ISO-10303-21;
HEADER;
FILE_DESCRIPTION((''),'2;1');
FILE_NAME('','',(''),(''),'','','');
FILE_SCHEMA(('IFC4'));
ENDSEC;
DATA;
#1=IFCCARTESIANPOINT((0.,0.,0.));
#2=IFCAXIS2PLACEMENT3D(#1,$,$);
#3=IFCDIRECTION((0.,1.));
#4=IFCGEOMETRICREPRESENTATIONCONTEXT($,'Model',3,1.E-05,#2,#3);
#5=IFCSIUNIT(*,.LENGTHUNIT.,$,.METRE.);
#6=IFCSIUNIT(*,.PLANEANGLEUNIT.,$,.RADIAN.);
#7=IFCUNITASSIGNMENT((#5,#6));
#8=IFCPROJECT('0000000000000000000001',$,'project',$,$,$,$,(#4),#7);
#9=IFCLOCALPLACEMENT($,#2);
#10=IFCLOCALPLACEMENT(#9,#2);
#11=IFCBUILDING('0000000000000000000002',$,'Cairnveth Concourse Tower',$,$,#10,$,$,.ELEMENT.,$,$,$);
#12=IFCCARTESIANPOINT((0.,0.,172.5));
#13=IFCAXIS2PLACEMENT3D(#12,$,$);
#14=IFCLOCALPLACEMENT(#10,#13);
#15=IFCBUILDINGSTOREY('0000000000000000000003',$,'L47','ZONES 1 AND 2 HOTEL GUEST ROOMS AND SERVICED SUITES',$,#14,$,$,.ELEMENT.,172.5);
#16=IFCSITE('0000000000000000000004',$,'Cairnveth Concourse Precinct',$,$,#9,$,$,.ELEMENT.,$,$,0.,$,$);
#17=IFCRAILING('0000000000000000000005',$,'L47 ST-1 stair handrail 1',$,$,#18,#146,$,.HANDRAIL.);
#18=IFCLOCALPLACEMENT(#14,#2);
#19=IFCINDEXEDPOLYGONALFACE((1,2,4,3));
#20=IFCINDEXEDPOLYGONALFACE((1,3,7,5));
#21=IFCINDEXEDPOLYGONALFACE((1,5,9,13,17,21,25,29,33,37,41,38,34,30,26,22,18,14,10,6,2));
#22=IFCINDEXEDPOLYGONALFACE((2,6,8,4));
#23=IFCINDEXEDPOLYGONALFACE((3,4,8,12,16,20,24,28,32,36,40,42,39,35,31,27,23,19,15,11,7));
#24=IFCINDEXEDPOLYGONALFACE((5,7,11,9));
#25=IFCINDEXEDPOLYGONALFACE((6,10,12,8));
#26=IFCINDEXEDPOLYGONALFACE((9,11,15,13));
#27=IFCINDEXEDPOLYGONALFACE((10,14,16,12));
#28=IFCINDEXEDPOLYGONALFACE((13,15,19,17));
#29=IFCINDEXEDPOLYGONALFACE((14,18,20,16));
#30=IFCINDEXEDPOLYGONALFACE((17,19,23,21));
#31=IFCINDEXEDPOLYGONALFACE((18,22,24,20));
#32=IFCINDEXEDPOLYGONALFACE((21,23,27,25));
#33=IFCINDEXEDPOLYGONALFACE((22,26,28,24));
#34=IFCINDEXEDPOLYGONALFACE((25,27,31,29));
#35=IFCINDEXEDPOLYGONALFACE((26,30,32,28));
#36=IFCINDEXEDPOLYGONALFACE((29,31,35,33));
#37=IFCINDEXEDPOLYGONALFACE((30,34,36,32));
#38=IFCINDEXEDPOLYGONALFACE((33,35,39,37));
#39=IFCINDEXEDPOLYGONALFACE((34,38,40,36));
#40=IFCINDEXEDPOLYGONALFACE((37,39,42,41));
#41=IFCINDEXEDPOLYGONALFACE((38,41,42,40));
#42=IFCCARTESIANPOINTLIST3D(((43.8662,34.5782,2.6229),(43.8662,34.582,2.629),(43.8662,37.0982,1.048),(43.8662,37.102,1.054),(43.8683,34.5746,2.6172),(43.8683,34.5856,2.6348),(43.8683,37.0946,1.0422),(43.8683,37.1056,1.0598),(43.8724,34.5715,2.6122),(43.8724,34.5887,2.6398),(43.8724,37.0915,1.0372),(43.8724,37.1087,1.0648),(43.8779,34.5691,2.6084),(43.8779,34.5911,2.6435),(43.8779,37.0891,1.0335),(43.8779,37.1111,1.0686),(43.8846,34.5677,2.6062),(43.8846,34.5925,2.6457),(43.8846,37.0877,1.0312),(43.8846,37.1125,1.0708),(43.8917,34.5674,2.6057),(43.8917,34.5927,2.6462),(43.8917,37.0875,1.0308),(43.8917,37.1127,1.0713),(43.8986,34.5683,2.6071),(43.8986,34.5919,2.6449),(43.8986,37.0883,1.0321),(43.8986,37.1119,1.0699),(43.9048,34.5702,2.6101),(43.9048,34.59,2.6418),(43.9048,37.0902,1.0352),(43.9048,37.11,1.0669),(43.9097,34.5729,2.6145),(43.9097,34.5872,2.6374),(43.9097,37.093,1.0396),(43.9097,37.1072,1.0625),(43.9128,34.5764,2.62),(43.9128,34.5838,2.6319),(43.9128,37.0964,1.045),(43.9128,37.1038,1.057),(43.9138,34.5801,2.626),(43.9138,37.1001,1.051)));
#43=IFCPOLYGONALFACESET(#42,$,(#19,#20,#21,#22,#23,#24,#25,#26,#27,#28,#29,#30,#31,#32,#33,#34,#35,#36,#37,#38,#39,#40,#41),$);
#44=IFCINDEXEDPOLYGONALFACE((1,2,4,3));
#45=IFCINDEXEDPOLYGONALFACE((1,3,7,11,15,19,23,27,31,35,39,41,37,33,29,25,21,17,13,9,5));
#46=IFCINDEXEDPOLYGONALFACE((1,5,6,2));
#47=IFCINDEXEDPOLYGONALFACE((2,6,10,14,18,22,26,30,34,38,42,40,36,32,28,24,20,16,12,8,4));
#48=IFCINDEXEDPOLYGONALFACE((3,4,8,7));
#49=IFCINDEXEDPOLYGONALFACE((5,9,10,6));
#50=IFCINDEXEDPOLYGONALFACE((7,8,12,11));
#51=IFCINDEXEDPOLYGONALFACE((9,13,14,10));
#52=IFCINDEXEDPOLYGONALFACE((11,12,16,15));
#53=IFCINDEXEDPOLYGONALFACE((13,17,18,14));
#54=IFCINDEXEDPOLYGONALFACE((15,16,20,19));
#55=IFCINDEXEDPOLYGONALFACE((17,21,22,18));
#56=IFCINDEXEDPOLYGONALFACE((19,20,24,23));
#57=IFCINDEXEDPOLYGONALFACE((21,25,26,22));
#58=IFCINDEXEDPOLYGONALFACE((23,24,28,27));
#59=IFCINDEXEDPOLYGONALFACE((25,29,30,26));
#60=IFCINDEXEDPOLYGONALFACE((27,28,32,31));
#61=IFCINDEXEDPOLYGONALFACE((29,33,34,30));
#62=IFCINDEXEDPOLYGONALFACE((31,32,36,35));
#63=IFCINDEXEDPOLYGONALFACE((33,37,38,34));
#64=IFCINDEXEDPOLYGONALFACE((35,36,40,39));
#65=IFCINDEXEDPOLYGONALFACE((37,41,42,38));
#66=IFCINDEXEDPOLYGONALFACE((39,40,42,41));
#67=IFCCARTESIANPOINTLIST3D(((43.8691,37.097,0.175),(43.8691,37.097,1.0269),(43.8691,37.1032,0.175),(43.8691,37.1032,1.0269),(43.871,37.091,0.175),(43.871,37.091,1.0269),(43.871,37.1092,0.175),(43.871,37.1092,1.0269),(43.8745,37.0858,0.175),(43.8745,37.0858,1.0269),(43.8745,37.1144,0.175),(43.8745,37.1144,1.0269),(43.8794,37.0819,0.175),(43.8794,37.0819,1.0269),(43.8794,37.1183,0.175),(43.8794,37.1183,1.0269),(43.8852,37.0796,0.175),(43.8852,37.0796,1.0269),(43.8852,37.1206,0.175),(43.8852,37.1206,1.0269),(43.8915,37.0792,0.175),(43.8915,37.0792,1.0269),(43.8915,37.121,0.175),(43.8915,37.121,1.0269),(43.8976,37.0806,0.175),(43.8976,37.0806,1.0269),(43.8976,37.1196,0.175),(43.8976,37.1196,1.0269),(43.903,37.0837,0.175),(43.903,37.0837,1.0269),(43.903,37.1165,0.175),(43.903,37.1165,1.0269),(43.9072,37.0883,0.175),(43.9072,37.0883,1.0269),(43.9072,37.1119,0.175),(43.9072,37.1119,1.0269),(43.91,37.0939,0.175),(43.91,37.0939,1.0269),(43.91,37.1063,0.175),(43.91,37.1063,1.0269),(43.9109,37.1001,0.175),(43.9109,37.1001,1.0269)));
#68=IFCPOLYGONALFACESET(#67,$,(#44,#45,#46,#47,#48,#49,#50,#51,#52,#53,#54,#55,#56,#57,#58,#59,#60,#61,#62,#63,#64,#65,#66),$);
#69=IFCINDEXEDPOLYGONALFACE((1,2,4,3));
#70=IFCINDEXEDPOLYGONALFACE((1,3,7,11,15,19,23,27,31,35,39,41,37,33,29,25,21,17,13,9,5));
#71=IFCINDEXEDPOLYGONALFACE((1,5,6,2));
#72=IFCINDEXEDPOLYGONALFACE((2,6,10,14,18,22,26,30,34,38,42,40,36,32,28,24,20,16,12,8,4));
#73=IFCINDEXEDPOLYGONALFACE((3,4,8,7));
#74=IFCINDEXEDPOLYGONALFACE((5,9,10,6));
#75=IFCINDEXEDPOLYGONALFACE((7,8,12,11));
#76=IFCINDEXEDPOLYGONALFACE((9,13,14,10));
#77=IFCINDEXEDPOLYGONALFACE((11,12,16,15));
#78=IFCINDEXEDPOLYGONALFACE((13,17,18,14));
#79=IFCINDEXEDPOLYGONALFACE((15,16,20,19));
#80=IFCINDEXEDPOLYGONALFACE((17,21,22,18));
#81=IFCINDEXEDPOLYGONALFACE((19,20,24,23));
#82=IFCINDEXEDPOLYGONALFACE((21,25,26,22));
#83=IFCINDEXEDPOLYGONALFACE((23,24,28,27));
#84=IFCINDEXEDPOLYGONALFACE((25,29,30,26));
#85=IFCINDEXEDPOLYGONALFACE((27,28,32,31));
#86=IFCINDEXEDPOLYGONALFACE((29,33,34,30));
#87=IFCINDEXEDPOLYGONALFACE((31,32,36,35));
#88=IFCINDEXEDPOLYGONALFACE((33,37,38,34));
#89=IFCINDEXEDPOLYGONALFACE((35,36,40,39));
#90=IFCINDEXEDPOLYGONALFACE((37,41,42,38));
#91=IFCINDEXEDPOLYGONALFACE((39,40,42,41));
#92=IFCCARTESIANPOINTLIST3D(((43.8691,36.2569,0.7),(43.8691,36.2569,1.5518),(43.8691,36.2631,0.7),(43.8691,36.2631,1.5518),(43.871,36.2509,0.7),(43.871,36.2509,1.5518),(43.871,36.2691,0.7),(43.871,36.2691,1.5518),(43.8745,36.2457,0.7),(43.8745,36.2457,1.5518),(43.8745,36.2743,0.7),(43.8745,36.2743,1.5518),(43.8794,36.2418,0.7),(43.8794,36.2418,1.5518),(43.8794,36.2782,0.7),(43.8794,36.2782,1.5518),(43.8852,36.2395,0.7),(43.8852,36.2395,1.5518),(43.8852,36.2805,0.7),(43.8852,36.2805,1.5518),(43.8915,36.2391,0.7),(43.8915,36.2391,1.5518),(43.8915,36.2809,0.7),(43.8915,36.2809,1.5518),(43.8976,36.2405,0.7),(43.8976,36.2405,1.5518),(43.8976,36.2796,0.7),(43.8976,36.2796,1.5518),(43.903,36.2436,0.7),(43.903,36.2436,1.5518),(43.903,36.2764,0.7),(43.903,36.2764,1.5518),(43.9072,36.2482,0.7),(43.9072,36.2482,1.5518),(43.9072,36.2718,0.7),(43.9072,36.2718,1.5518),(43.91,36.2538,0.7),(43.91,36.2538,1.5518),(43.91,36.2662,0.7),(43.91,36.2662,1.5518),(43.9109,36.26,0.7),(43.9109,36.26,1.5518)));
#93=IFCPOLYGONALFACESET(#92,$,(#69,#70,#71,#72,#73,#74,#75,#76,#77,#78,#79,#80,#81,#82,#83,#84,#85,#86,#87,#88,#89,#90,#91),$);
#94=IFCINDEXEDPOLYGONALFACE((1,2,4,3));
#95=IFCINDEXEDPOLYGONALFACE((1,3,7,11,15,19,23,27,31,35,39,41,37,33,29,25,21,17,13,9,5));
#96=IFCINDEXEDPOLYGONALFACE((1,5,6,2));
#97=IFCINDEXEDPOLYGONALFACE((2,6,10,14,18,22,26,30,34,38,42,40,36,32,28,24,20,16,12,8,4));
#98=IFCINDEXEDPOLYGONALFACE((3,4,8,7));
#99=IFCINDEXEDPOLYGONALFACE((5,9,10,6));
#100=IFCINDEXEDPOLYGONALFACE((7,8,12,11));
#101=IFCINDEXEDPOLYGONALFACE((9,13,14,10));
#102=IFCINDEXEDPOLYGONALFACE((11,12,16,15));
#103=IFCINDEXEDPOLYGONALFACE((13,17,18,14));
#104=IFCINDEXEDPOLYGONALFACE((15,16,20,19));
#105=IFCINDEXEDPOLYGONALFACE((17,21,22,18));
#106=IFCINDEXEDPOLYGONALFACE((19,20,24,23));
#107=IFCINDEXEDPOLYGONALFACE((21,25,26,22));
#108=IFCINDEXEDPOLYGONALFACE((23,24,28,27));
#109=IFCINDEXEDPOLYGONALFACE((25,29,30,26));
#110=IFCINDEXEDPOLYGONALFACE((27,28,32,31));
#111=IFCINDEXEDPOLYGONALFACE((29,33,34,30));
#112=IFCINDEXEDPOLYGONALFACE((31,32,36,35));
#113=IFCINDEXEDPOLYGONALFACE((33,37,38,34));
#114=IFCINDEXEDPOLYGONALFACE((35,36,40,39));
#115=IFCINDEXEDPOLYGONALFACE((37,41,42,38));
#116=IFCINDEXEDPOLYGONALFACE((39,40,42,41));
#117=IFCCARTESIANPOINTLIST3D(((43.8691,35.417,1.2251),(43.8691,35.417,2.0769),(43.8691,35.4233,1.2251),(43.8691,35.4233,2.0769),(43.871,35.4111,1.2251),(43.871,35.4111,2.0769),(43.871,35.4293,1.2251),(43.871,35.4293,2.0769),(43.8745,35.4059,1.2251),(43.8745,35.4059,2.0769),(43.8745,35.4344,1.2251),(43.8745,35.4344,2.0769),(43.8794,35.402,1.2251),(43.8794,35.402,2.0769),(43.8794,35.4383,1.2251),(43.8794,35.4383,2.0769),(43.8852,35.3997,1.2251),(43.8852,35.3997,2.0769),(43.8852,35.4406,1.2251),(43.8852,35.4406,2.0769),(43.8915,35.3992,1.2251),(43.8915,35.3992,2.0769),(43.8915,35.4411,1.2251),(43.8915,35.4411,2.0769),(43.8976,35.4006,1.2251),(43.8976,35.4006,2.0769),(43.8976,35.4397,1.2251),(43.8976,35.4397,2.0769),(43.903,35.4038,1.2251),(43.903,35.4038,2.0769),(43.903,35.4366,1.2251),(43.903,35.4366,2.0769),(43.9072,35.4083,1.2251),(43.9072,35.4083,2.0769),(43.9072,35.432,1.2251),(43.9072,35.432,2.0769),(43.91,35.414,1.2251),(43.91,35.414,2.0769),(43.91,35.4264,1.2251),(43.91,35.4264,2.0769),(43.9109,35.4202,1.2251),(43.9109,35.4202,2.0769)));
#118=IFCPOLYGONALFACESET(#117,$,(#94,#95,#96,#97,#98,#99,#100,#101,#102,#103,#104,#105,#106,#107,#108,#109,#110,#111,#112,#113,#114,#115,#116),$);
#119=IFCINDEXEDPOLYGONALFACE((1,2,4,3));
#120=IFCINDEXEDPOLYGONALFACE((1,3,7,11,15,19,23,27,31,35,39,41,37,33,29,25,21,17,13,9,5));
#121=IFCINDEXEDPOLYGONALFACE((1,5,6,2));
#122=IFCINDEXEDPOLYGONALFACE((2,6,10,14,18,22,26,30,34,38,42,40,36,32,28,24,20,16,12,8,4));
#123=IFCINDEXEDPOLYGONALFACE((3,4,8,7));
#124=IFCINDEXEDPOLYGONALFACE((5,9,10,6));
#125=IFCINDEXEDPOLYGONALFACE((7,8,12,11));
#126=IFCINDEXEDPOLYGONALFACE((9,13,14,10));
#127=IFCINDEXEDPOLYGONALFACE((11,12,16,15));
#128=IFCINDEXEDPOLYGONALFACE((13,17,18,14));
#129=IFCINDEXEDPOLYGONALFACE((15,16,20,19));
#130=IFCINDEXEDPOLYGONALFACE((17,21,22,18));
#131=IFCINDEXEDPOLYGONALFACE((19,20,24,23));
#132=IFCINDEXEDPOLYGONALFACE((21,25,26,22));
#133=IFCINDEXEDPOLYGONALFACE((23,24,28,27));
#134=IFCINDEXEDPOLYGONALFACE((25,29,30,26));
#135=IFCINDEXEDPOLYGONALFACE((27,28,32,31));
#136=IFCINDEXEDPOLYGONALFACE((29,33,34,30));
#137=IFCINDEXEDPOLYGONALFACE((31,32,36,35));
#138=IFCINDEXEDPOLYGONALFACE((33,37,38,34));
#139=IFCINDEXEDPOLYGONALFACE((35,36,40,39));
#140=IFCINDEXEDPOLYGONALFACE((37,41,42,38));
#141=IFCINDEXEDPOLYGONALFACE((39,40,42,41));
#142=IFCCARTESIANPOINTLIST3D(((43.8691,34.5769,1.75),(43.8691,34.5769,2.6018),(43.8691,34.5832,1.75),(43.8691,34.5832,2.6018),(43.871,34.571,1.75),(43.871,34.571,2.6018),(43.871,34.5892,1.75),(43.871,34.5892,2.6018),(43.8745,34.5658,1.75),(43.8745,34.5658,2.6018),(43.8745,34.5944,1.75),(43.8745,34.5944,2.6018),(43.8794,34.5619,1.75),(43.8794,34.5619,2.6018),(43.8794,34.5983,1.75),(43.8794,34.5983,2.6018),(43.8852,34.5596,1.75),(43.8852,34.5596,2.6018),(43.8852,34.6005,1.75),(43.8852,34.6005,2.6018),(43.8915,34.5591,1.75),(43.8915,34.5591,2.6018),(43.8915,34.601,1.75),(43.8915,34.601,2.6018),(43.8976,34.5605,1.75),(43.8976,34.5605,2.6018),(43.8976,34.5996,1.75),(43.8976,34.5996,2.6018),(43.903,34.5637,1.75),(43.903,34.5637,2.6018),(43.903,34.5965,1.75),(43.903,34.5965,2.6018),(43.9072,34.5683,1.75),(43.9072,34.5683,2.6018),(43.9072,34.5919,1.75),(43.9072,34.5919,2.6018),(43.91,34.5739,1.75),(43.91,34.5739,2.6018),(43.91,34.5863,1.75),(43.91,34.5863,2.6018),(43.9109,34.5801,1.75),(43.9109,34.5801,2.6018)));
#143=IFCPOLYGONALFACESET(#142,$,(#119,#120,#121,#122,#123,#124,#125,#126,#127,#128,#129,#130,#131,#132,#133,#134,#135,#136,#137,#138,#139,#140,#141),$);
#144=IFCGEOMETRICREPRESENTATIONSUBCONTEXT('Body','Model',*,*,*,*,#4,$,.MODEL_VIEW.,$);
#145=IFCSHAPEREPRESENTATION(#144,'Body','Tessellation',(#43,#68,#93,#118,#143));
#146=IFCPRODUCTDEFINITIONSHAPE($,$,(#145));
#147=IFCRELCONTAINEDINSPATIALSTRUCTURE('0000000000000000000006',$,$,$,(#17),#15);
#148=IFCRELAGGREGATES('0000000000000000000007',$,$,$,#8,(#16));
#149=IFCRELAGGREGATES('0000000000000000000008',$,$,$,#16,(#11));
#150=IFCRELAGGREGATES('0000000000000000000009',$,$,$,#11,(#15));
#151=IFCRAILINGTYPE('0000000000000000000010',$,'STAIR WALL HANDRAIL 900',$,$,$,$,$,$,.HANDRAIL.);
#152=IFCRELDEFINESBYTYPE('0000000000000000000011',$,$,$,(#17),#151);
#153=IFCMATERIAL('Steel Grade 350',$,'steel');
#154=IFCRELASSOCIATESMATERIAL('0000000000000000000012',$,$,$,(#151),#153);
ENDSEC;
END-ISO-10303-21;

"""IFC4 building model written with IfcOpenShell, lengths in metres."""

from ifc_helpers import new_model, si_unit, direction, frame, origin, origin_2d, place, context, subcontext, project, spatial, circle, extrude, material, type_object, element, save


model = new_model("IFC4")

# Units and contexts
model_context = context("Model", 3, precision=1e-05, world=origin(), true_north=direction((0.0, 1.0)))
body_context = subcontext(model_context, "Body", "Model", "MODEL_VIEW")
ifc_project = project(units=[si_unit("LENGTHUNIT", "METRE"), si_unit("PLANEANGLEUNIT", "RADIAN")], contexts=[model_context])

# Site, building, storey
site_placement = place(None, origin())
site = spatial("IfcSite", under=ifc_project, at=site_placement, Name="Cairnveth Concourse Precinct", CompositionType="ELEMENT", RefElevation=0.0)
building_placement = place(site_placement, origin())
building = spatial("IfcBuilding", under=site, at=building_placement, Name="Cairnveth Concourse Tower", CompositionType="ELEMENT")
storey_placement = place(building_placement, frame((0.0, 0.0, 172.5)))
storey = spatial("IfcBuildingStorey", under=building, at=storey_placement, Name="L47", Description="ZONES 1 AND 2 HOTEL GUEST ROOMS AND SERVICED SUITES", CompositionType="ELEMENT", Elevation=172.5)

# Shared definitions
ifc_material_1 = material(Name="Steel Grade 350", Category="steel")

# Railing
railing_type_1 = type_object("IfcRailingType", Name="STAIR WALL HANDRAIL 900", PredefinedType="HANDRAIL", material=ifc_material_1)
railing_1_placement = place(storey_placement, frame((43.8899, 37.1001, 0.175)))
element("IfcRailing", 1, at=railing_1_placement, inside=storey, type_object=railing_type_1, Name="L47 ST-1 stair handrail 1", PredefinedType="HANDRAIL", context=body_context, shape_type="SweptSolid", body=[
    extrude(circle(Radius=0.0239, at=origin_2d()), frame((0.0, 0.0, 0.876), z_axis=(0.0, -0.848008, 0.529984), x_axis=(1.0, 0.0, 0.0)), (0.0, 0.0, 1.0), 2.9717),
    extrude(circle(Radius=0.021, at=origin_2d()), origin(), (0.0, 0.0, 1.0), 0.8518),
    extrude(circle(Radius=0.021, at=origin_2d()), frame((0.0, -0.8401, 0.5249)), (0.0, 0.0, 1.0), 0.8518),
    extrude(circle(Radius=0.021, at=origin_2d()), frame((0.0, -1.6799, 1.05)), (0.0, 0.0, 1.0), 0.8518),
    extrude(circle(Radius=0.021, at=origin_2d()), frame((0.0, -2.52, 1.575)), (0.0, 0.0, 1.0), 0.8518),
])

save(model, "model.ifc")
